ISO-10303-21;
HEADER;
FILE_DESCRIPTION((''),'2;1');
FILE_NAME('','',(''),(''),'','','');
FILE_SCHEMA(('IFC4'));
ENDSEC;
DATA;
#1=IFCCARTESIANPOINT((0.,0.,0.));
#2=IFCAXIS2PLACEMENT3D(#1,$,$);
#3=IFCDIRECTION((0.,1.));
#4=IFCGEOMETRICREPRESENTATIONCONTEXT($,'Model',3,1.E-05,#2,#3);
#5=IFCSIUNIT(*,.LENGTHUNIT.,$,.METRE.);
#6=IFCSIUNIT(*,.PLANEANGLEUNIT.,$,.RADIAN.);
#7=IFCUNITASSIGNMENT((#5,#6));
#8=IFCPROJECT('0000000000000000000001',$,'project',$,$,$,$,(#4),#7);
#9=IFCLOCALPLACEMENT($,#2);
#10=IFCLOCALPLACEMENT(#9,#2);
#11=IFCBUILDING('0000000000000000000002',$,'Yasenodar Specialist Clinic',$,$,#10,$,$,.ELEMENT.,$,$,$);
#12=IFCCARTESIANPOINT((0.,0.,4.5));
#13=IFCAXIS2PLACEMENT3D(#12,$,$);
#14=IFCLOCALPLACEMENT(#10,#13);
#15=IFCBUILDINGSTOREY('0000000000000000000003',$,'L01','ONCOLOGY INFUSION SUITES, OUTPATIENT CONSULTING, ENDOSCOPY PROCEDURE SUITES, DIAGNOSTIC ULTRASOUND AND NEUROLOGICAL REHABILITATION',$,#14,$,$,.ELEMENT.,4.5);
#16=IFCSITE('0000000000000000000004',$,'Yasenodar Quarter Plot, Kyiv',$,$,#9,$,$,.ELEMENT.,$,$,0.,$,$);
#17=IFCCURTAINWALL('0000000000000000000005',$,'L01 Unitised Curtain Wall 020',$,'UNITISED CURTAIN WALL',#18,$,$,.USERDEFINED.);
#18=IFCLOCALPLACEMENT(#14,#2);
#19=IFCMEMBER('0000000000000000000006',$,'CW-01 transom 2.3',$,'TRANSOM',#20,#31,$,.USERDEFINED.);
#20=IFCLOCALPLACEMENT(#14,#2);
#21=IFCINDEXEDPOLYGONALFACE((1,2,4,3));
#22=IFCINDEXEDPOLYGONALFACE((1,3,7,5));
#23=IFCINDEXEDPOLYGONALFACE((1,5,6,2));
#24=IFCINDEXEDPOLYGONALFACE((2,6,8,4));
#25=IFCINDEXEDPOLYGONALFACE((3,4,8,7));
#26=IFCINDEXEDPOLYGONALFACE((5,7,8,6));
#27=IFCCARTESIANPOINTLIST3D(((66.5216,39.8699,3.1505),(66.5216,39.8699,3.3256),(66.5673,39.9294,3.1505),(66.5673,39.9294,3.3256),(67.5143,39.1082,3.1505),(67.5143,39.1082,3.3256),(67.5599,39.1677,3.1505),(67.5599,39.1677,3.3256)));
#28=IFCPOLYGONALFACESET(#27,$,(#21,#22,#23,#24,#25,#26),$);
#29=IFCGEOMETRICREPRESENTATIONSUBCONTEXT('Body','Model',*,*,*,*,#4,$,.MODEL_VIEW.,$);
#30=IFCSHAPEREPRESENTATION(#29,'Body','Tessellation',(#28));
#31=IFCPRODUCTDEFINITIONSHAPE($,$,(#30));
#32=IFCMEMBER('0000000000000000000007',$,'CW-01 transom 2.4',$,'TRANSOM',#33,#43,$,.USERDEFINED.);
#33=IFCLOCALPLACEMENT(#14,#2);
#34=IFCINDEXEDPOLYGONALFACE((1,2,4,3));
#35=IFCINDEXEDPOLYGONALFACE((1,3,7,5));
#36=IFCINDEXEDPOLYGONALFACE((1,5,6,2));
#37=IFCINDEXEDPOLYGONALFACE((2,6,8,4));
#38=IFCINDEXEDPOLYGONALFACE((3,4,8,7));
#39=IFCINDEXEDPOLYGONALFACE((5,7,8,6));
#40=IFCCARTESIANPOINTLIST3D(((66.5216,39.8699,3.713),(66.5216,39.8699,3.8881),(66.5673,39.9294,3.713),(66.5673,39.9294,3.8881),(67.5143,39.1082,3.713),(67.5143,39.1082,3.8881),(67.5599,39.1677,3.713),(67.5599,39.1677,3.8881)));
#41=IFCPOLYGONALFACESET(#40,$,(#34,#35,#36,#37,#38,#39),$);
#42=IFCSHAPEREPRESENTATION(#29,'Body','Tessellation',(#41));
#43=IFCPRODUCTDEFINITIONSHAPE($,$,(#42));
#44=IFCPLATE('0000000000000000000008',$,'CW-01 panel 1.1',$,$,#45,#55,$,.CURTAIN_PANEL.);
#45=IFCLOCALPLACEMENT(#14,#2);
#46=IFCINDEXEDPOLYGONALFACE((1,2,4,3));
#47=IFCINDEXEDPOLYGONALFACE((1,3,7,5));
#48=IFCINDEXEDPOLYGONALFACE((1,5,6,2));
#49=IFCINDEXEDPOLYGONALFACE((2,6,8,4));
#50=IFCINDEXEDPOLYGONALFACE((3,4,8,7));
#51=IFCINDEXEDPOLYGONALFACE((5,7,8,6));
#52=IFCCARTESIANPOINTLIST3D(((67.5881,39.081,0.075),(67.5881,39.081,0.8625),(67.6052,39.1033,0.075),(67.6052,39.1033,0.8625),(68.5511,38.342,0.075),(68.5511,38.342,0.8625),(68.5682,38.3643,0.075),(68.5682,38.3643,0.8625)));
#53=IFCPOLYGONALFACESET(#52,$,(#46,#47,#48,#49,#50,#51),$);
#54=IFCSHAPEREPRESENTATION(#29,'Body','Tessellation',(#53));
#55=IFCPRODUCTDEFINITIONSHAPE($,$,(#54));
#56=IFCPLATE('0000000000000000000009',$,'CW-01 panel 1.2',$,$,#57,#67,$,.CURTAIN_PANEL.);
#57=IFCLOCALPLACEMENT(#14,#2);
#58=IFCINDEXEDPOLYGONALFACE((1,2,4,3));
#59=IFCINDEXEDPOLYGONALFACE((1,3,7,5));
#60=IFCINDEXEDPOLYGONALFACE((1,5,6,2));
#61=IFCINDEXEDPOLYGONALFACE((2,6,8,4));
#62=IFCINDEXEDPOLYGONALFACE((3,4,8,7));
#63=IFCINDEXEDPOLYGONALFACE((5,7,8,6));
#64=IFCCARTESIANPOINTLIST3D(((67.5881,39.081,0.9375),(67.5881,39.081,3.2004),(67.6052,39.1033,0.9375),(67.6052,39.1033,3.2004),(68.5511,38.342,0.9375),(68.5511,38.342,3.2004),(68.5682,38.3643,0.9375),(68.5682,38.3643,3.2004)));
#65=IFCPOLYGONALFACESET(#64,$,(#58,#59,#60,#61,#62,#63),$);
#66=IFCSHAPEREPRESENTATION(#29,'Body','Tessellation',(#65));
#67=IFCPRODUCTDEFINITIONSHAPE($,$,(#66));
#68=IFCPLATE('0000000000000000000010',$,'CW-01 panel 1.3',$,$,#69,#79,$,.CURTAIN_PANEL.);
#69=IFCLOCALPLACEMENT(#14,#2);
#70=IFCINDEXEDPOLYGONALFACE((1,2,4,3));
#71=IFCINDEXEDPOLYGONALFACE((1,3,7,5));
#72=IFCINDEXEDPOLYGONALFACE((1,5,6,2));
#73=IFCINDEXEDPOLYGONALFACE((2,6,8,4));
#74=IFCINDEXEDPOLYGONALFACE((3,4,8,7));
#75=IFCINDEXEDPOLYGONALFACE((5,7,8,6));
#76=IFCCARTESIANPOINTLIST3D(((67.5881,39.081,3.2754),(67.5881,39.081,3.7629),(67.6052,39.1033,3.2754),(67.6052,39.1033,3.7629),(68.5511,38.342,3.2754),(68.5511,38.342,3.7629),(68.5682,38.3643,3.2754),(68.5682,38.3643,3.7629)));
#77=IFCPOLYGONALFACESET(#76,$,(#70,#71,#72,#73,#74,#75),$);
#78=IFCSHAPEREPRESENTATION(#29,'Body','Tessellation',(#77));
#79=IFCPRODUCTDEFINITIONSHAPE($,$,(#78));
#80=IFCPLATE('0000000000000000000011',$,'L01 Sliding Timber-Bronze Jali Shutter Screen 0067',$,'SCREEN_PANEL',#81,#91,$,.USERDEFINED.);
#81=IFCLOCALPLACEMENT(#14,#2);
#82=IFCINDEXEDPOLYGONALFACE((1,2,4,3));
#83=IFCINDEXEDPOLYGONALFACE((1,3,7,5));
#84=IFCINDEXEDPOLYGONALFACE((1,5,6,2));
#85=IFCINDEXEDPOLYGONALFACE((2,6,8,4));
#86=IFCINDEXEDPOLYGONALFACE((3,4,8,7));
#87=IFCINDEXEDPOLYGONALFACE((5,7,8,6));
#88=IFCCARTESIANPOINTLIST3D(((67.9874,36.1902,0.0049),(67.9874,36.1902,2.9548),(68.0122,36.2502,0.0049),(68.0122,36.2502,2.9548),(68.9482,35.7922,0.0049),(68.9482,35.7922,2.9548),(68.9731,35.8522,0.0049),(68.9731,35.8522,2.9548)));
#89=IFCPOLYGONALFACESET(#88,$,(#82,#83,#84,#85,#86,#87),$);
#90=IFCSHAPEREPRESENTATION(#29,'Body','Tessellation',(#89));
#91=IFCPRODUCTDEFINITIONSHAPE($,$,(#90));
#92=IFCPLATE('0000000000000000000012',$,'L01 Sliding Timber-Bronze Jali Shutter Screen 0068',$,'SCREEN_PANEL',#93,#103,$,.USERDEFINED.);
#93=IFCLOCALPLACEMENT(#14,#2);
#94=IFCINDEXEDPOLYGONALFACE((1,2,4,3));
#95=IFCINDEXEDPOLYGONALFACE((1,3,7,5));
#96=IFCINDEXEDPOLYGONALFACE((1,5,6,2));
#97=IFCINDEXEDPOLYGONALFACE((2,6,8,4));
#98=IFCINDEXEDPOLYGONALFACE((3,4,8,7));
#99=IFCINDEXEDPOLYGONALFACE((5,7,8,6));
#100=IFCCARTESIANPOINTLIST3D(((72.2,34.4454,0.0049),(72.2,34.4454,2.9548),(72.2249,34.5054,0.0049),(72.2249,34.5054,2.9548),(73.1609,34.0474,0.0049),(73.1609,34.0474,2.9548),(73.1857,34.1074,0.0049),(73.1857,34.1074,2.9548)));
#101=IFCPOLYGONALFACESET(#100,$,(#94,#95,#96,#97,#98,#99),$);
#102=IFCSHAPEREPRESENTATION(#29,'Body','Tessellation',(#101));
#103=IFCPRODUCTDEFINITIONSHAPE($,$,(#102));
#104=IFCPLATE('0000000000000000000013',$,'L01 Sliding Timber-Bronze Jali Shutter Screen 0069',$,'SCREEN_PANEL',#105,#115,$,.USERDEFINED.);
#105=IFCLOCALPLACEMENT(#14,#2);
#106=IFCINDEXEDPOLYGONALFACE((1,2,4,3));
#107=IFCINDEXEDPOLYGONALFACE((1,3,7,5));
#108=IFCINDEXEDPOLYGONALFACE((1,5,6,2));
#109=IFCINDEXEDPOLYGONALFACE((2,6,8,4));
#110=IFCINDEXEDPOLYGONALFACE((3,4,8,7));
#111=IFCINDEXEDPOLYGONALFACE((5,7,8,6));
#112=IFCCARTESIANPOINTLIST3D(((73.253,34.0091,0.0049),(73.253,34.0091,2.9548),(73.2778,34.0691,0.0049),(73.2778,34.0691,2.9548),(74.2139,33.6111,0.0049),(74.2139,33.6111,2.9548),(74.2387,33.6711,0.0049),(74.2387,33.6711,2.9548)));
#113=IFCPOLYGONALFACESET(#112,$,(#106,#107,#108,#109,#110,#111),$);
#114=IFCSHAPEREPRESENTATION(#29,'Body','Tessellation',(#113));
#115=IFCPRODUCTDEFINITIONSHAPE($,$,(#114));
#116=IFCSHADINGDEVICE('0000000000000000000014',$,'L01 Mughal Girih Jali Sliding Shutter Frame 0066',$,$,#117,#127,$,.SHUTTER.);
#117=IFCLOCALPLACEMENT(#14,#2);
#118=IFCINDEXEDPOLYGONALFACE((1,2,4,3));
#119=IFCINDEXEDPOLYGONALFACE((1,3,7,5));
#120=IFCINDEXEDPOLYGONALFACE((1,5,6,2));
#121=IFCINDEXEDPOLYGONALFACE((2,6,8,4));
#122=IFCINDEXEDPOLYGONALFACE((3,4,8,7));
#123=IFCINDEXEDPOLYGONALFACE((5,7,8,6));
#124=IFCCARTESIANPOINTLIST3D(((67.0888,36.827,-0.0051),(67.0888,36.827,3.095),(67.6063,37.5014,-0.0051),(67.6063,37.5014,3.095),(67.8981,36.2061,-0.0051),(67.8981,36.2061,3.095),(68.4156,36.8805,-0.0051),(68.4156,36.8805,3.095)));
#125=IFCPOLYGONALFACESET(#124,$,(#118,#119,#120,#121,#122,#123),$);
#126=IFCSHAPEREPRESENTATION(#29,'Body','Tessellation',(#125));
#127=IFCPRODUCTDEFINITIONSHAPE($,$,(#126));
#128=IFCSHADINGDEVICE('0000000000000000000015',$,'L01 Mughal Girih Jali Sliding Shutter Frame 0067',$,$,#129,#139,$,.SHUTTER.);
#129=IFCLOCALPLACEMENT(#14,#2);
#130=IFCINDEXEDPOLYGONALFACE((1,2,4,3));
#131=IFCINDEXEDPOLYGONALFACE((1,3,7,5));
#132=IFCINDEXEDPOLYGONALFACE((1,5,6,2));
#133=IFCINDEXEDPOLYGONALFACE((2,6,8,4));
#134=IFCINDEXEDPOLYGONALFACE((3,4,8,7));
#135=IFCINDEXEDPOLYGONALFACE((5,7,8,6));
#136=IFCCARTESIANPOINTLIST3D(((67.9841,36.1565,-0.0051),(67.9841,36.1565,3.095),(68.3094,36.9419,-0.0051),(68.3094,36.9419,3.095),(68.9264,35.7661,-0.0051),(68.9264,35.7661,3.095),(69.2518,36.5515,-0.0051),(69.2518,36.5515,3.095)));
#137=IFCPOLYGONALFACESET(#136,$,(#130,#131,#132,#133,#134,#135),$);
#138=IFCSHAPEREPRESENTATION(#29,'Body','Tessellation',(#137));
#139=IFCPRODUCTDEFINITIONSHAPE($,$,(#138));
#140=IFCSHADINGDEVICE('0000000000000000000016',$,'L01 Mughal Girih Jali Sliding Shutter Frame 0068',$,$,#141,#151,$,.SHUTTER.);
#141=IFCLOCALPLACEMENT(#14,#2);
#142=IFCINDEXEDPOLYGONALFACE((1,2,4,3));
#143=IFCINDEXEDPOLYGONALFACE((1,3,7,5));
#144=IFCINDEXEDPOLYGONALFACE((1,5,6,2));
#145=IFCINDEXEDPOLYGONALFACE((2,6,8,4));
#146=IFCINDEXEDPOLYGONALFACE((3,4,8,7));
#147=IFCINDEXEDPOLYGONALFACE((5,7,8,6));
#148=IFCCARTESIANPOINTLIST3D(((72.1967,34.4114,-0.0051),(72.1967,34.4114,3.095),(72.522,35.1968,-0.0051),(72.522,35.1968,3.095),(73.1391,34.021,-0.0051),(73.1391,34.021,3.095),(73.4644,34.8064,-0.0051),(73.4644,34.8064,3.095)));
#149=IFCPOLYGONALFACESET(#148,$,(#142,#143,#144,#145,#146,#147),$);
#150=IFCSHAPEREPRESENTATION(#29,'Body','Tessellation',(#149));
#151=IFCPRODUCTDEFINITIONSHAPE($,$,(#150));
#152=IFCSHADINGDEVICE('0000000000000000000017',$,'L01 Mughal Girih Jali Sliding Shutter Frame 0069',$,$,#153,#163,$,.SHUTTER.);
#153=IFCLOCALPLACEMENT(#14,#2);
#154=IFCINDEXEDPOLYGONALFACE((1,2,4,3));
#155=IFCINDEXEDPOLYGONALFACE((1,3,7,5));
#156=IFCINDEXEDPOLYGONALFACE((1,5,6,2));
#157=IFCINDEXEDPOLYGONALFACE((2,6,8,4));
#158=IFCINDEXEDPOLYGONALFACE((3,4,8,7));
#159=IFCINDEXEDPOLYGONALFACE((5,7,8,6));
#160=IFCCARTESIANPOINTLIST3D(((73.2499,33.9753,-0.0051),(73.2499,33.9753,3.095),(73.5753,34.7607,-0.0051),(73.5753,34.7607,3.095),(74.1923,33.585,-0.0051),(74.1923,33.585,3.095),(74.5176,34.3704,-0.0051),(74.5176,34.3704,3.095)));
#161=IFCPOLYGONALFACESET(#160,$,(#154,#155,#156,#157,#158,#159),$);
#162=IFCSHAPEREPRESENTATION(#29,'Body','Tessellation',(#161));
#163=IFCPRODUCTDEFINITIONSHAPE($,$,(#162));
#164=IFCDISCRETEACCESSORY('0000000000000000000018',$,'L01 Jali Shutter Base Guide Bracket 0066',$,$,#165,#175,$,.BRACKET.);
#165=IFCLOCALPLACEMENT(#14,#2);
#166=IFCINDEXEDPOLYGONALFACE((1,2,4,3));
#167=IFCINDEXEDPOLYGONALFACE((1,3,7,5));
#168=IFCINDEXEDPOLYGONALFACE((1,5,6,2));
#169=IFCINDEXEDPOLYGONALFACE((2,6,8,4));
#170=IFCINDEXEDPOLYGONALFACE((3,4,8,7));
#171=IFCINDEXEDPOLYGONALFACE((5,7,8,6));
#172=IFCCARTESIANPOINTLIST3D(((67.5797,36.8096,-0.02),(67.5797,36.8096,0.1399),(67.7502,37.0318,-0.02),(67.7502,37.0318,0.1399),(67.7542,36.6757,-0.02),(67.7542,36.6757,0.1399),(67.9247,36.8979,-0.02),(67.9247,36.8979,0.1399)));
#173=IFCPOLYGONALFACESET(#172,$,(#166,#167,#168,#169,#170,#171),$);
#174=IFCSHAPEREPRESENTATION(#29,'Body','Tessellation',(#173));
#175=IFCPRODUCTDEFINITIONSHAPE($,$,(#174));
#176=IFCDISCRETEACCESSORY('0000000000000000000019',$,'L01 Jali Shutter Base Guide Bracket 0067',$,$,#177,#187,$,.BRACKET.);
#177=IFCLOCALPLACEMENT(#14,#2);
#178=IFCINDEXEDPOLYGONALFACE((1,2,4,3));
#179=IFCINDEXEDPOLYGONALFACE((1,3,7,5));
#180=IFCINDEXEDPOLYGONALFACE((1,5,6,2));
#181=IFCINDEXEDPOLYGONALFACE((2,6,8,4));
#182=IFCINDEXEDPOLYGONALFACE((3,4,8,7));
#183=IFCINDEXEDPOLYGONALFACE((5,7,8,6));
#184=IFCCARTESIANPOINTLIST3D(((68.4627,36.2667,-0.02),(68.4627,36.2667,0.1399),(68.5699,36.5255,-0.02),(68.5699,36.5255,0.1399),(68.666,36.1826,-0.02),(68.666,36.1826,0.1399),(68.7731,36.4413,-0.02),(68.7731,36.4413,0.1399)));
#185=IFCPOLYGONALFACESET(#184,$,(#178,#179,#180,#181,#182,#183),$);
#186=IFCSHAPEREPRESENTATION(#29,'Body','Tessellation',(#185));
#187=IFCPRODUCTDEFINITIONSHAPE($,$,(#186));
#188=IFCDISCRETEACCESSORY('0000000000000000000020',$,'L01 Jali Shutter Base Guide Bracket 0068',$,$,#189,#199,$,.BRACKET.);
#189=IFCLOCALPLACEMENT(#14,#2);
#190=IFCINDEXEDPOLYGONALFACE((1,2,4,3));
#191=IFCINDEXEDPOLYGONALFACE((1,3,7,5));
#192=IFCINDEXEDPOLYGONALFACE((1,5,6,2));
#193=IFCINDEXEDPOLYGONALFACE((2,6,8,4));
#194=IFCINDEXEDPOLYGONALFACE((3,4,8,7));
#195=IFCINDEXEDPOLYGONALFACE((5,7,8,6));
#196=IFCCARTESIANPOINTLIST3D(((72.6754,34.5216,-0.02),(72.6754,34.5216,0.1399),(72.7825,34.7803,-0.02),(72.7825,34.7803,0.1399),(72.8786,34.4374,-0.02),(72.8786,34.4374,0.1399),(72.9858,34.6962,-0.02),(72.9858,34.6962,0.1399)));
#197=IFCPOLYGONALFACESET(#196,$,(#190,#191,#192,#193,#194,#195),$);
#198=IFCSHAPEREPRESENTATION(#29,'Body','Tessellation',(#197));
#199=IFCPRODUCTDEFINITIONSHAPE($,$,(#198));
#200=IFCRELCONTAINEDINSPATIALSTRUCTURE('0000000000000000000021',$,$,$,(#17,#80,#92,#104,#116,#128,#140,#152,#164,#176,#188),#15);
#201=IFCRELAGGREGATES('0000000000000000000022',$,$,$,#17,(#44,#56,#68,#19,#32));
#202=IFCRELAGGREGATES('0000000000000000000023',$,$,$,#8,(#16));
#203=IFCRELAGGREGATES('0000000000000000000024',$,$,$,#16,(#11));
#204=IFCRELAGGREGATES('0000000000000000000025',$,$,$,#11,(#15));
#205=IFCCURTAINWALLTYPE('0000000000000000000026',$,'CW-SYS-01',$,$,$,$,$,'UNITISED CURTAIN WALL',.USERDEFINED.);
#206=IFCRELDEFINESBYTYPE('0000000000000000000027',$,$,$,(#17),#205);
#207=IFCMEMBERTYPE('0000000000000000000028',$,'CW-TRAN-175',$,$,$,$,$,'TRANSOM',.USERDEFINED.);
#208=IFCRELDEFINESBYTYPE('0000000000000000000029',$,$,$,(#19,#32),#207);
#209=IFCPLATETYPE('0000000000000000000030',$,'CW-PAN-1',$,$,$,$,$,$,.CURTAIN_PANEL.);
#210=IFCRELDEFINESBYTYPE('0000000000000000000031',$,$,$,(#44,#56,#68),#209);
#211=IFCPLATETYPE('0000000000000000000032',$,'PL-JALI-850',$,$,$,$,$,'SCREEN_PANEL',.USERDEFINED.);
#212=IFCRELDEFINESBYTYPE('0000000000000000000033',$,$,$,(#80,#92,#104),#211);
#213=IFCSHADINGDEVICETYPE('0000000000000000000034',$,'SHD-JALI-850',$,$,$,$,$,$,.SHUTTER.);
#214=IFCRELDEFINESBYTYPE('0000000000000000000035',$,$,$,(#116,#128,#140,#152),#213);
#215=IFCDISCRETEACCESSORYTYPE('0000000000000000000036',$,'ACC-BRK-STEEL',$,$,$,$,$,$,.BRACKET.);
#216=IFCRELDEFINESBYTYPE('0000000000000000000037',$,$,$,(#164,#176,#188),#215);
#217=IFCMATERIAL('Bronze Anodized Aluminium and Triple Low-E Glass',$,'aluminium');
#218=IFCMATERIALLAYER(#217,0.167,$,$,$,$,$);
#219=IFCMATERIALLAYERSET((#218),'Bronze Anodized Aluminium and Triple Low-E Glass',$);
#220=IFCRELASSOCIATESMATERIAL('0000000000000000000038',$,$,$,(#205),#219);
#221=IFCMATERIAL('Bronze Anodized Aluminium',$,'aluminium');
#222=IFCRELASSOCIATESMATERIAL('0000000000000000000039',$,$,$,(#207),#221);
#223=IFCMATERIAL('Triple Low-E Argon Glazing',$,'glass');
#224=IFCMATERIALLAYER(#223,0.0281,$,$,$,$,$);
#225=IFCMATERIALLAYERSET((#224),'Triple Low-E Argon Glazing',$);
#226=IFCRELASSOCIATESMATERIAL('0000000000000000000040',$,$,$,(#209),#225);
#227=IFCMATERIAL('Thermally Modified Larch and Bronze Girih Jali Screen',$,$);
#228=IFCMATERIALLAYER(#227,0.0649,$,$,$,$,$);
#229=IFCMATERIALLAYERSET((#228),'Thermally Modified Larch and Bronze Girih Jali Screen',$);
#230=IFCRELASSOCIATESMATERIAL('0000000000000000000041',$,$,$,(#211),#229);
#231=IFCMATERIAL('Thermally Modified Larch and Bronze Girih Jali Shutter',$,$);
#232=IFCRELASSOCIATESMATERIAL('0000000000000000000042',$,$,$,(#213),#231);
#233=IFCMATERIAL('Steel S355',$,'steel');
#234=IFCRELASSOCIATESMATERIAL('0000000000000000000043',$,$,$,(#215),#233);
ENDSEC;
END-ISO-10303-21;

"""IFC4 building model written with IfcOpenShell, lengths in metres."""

from ifc_helpers import new_model, si_unit, direction, frame, origin, origin_2d, place, context, subcontext, project, spatial, rectangle, extrude, material, layer, layer_set, material_profile, profile_set, type_object, element, aggregate, save


model = new_model("IFC4")

# Units and contexts
model_context = context("Model", 3, precision=1e-05, world=origin(), true_north=direction((0.0, 1.0)))
body_context = subcontext(model_context, "Body", "Model", "MODEL_VIEW")
ifc_project = project(units=[si_unit("LENGTHUNIT", "METRE"), si_unit("PLANEANGLEUNIT", "RADIAN")], contexts=[model_context])

# Site, building, storey
site_placement = place(None, origin())
site = spatial("IfcSite", under=ifc_project, at=site_placement, Name="Yasenodar Quarter Plot, Kyiv", CompositionType="ELEMENT", RefElevation=0.0)
building_placement = place(site_placement, origin())
building = spatial("IfcBuilding", under=site, at=building_placement, Name="Yasenodar Specialist Clinic", CompositionType="ELEMENT")
storey_placement = place(building_placement, frame((0.0, 0.0, 4.5)))
storey = spatial("IfcBuildingStorey", under=building, at=storey_placement, Name="L01", Description="ONCOLOGY INFUSION SUITES, OUTPATIENT CONSULTING, ENDOSCOPY PROCEDURE SUITES, DIAGNOSTIC ULTRASOUND AND NEUROLOGICAL REHABILITATION", CompositionType="ELEMENT", Elevation=4.5)

# Shared definitions
ifc_material_1 = material(Name="Steel S355", Category="steel")

# Curtain wall, members, plates
ifc_material_2 = material(Name="Bronze Anodized Aluminium and Triple Low-E Glass", Category="aluminium")
ifc_layer_1 = layer(ifc_material_2, 0.167)
ifc_layer_set_1 = layer_set([ifc_layer_1], Name="Bronze Anodized Aluminium and Triple Low-E Glass")
curtain_wall_type = type_object("IfcCurtainWallType", Name="CW-SYS-01", ElementType="UNITISED CURTAIN WALL", PredefinedType="USERDEFINED", material=ifc_layer_set_1)
curtain_wall_placement = place(storey_placement, origin())
curtain_wall = element("IfcCurtainWall", 1, at=curtain_wall_placement, inside=storey, type_object=curtain_wall_type, Name="L01 Unitised Curtain Wall 020", ObjectType="UNITISED CURTAIN WALL", PredefinedType="USERDEFINED")
ifc_material_3 = material(Name="Bronze Anodized Aluminium", Category="aluminium")
ifc_material_profile_1 = material_profile(ifc_material_3, rectangle(XDim=0.075, YDim=0.175, at=origin_2d()), Name="CW-TRAN 75x175")
ifc_profile_set_1 = profile_set([ifc_material_profile_1], Name="Bronze Anodized Aluminium")
member_type_1 = type_object("IfcMemberType", Name="CW-TRAN-175", ElementType="TRANSOM", PredefinedType="USERDEFINED", material=ifc_profile_set_1)
member_1_placement = place(storey_placement, frame((67.5371, 39.1379, 3.238), z_axis=(-0.793349, 0.608767, 0.0), x_axis=(-0.608767, -0.793349, 0.0)))
member_1 = element("IfcMember", 2, at=member_1_placement, type_object=member_type_1, Name="CW-01 transom 2.3", ObjectType="TRANSOM", PredefinedType="USERDEFINED", context=body_context, shape_type="SweptSolid", body=[
    extrude(rectangle(XDim=0.075, YDim=0.175, at=origin_2d()), origin(), (0.0, 0.0, 1.0), 1.2512),
])
member_2_placement = place(storey_placement, frame((67.5371, 39.1379, 3.8005), z_axis=(-0.793349, 0.608767, 0.0), x_axis=(-0.608767, -0.793349, 0.0)))
member_2 = element("IfcMember", 3, at=member_2_placement, type_object=member_type_1, Name="CW-01 transom 2.4", ObjectType="TRANSOM", PredefinedType="USERDEFINED", context=body_context, shape_type="SweptSolid", body=[
    extrude(rectangle(XDim=0.075, YDim=0.175, at=origin_2d()), origin(), (0.0, 0.0, 1.0), 1.2512),
])
ifc_material_4 = material(Name="Triple Low-E Argon Glazing", Category="glass")
ifc_layer_2 = layer(ifc_material_4, 0.0281)
ifc_layer_set_2 = layer_set([ifc_layer_2], Name="Triple Low-E Argon Glazing")
plate_type_1 = type_object("IfcPlateType", Name="CW-PAN-1", PredefinedType="CURTAIN_PANEL", material=ifc_layer_set_2)
plate_1_placement = place(storey_placement, frame((68.0781, 38.7227, 0.075), z_axis=(0.0, 0.0, 1.0), x_axis=(-0.793361, 0.608752, 0.0)))
plate_1 = element("IfcPlate", 4, at=plate_1_placement, type_object=plate_type_1, Name="CW-01 panel 1.1", PredefinedType="CURTAIN_PANEL", context=body_context, shape_type="SweptSolid", body=[
    extrude(rectangle(XDim=1.2139, YDim=0.0281, at=origin_2d()), origin(), (0.0, 0.0, 1.0), 0.7876),
])
plate_2_placement = place(storey_placement, frame((68.0781, 38.7227, 0.9375), z_axis=(0.0, 0.0, 1.0), x_axis=(-0.793361, 0.608752, 0.0)))
plate_2 = element("IfcPlate", 5, at=plate_2_placement, type_object=plate_type_1, Name="CW-01 panel 1.2", PredefinedType="CURTAIN_PANEL", context=body_context, shape_type="SweptSolid", body=[
    extrude(rectangle(XDim=1.2139, YDim=0.0281, at=origin_2d()), origin(), (0.0, 0.0, 1.0), 2.2629),
])
plate_3_placement = place(storey_placement, frame((68.0781, 38.7227, 3.2754), z_axis=(0.0, 0.0, 1.0), x_axis=(-0.793361, 0.608752, 0.0)))
plate_3 = element("IfcPlate", 6, at=plate_3_placement, type_object=plate_type_1, Name="CW-01 panel 1.3", PredefinedType="CURTAIN_PANEL", context=body_context, shape_type="SweptSolid", body=[
    extrude(rectangle(XDim=1.2139, YDim=0.0281, at=origin_2d()), origin(), (0.0, 0.0, 1.0), 0.4875),
])
aggregate(curtain_wall, [plate_1, plate_2, plate_3, member_1, member_2])

# Plates
ifc_material_5 = material(Name="Thermally Modified Larch and Bronze Girih Jali Screen")
ifc_layer_3 = layer(ifc_material_5, 0.0649)
ifc_layer_set_3 = layer_set([ifc_layer_3], Name="Thermally Modified Larch and Bronze Girih Jali Screen")
plate_type_2 = type_object("IfcPlateType", Name="PL-JALI-850", ElementType="SCREEN_PANEL", PredefinedType="USERDEFINED", material=ifc_layer_set_3)
for number, where, z_axis, x_axis, name in (
    (7, (68.4802, 36.0212, 0.0049), (0.0, 0.0, 1.0), (0.923878, -0.382687, 0.0), "L01 Sliding Timber-Bronze Jali Shutter Screen 0067"),
    (8, (72.6929, 34.2764, 0.0049), (0.0, 0.0, 1.0), (0.923878, -0.382687, 0.0), "L01 Sliding Timber-Bronze Jali Shutter Screen 0068"),
    (9, (73.7458, 33.8401, 0.0049), (0.0, 0.0, 1.0), (0.923878, -0.382687, 0.0), "L01 Sliding Timber-Bronze Jali Shutter Screen 0069"),
):
    element("IfcPlate", number, at=place(storey_placement, frame(where, z_axis=z_axis, x_axis=x_axis)), inside=storey, type_object=plate_type_2, Name=name, ObjectType="SCREEN_PANEL", PredefinedType="USERDEFINED", context=body_context, shape_type="SweptSolid", body=[
        extrude(rectangle(XDim=1.04, YDim=0.0649, at=origin_2d()), origin(), (0.0, 0.0, 1.0), 2.95),
    ])

# Shading devices
ifc_material_6 = material(Name="Thermally Modified Larch and Bronze Girih Jali Shutter")
shading_device_type = type_object("IfcShadingDeviceType", Name="SHD-JALI-850", PredefinedType="SHUTTER", material=ifc_material_6)
for number, where, z_axis, x_axis, name in (
    (10, (67.7522, 36.8538, -0.0051), (0.0, 0.0, 1.0), (0.793351, -0.608764, 0.0), "L01 Mughal Girih Jali Sliding Shutter Frame 0066"),
    (11, (68.6179, 36.354, -0.0051), (0.0, 0.0, 1.0), (0.923878, -0.382687, 0.0), "L01 Mughal Girih Jali Sliding Shutter Frame 0067"),
    (12, (72.8306, 34.6089, -0.0051), (0.0, 0.0, 1.0), (0.923878, -0.382687, 0.0), "L01 Mughal Girih Jali Sliding Shutter Frame 0068"),
    (13, (73.8838, 34.1729, -0.0051), (0.0, 0.0, 1.0), (0.923878, -0.382687, 0.0), "L01 Mughal Girih Jali Sliding Shutter Frame 0069"),
):
    element("IfcShadingDevice", number, at=place(storey_placement, frame(where, z_axis=z_axis, x_axis=x_axis)), inside=storey, type_object=shading_device_type, Name=name, PredefinedType="SHUTTER", context=body_context, shape_type="SweptSolid", body=[
        extrude(rectangle(XDim=1.02, YDim=0.8501, at=origin_2d()), origin(), (0.0, 0.0, 1.0), 3.1001),
    ])

# Discrete accessories
discrete_accessory_type = type_object("IfcDiscreteAccessoryType", Name="ACC-BRK-STEEL", PredefinedType="BRACKET", material=ifc_material_1)
for number, where, z_axis, x_axis, name in (
    (14, (67.7522, 36.8538, -0.02), (0.0, 0.0, 1.0), (0.793351, -0.608764, 0.0), "L01 Jali Shutter Base Guide Bracket 0066"),
    (15, (68.6179, 36.354, -0.02), (0.0, 0.0, 1.0), (0.923878, -0.382687, 0.0), "L01 Jali Shutter Base Guide Bracket 0067"),
    (16, (72.8306, 34.6089, -0.02), (0.0, 0.0, 1.0), (0.923878, -0.382687, 0.0), "L01 Jali Shutter Base Guide Bracket 0068"),
):
    element("IfcDiscreteAccessory", number, at=place(storey_placement, frame(where, z_axis=z_axis, x_axis=x_axis)), inside=storey, type_object=discrete_accessory_type, Name=name, PredefinedType="BRACKET", context=body_context, shape_type="SweptSolid", body=[
        extrude(rectangle(XDim=0.22, YDim=0.28, at=origin_2d()), origin(), (0.0, 0.0, 1.0), 0.1599),
    ])

save(model, "model.ifc")
